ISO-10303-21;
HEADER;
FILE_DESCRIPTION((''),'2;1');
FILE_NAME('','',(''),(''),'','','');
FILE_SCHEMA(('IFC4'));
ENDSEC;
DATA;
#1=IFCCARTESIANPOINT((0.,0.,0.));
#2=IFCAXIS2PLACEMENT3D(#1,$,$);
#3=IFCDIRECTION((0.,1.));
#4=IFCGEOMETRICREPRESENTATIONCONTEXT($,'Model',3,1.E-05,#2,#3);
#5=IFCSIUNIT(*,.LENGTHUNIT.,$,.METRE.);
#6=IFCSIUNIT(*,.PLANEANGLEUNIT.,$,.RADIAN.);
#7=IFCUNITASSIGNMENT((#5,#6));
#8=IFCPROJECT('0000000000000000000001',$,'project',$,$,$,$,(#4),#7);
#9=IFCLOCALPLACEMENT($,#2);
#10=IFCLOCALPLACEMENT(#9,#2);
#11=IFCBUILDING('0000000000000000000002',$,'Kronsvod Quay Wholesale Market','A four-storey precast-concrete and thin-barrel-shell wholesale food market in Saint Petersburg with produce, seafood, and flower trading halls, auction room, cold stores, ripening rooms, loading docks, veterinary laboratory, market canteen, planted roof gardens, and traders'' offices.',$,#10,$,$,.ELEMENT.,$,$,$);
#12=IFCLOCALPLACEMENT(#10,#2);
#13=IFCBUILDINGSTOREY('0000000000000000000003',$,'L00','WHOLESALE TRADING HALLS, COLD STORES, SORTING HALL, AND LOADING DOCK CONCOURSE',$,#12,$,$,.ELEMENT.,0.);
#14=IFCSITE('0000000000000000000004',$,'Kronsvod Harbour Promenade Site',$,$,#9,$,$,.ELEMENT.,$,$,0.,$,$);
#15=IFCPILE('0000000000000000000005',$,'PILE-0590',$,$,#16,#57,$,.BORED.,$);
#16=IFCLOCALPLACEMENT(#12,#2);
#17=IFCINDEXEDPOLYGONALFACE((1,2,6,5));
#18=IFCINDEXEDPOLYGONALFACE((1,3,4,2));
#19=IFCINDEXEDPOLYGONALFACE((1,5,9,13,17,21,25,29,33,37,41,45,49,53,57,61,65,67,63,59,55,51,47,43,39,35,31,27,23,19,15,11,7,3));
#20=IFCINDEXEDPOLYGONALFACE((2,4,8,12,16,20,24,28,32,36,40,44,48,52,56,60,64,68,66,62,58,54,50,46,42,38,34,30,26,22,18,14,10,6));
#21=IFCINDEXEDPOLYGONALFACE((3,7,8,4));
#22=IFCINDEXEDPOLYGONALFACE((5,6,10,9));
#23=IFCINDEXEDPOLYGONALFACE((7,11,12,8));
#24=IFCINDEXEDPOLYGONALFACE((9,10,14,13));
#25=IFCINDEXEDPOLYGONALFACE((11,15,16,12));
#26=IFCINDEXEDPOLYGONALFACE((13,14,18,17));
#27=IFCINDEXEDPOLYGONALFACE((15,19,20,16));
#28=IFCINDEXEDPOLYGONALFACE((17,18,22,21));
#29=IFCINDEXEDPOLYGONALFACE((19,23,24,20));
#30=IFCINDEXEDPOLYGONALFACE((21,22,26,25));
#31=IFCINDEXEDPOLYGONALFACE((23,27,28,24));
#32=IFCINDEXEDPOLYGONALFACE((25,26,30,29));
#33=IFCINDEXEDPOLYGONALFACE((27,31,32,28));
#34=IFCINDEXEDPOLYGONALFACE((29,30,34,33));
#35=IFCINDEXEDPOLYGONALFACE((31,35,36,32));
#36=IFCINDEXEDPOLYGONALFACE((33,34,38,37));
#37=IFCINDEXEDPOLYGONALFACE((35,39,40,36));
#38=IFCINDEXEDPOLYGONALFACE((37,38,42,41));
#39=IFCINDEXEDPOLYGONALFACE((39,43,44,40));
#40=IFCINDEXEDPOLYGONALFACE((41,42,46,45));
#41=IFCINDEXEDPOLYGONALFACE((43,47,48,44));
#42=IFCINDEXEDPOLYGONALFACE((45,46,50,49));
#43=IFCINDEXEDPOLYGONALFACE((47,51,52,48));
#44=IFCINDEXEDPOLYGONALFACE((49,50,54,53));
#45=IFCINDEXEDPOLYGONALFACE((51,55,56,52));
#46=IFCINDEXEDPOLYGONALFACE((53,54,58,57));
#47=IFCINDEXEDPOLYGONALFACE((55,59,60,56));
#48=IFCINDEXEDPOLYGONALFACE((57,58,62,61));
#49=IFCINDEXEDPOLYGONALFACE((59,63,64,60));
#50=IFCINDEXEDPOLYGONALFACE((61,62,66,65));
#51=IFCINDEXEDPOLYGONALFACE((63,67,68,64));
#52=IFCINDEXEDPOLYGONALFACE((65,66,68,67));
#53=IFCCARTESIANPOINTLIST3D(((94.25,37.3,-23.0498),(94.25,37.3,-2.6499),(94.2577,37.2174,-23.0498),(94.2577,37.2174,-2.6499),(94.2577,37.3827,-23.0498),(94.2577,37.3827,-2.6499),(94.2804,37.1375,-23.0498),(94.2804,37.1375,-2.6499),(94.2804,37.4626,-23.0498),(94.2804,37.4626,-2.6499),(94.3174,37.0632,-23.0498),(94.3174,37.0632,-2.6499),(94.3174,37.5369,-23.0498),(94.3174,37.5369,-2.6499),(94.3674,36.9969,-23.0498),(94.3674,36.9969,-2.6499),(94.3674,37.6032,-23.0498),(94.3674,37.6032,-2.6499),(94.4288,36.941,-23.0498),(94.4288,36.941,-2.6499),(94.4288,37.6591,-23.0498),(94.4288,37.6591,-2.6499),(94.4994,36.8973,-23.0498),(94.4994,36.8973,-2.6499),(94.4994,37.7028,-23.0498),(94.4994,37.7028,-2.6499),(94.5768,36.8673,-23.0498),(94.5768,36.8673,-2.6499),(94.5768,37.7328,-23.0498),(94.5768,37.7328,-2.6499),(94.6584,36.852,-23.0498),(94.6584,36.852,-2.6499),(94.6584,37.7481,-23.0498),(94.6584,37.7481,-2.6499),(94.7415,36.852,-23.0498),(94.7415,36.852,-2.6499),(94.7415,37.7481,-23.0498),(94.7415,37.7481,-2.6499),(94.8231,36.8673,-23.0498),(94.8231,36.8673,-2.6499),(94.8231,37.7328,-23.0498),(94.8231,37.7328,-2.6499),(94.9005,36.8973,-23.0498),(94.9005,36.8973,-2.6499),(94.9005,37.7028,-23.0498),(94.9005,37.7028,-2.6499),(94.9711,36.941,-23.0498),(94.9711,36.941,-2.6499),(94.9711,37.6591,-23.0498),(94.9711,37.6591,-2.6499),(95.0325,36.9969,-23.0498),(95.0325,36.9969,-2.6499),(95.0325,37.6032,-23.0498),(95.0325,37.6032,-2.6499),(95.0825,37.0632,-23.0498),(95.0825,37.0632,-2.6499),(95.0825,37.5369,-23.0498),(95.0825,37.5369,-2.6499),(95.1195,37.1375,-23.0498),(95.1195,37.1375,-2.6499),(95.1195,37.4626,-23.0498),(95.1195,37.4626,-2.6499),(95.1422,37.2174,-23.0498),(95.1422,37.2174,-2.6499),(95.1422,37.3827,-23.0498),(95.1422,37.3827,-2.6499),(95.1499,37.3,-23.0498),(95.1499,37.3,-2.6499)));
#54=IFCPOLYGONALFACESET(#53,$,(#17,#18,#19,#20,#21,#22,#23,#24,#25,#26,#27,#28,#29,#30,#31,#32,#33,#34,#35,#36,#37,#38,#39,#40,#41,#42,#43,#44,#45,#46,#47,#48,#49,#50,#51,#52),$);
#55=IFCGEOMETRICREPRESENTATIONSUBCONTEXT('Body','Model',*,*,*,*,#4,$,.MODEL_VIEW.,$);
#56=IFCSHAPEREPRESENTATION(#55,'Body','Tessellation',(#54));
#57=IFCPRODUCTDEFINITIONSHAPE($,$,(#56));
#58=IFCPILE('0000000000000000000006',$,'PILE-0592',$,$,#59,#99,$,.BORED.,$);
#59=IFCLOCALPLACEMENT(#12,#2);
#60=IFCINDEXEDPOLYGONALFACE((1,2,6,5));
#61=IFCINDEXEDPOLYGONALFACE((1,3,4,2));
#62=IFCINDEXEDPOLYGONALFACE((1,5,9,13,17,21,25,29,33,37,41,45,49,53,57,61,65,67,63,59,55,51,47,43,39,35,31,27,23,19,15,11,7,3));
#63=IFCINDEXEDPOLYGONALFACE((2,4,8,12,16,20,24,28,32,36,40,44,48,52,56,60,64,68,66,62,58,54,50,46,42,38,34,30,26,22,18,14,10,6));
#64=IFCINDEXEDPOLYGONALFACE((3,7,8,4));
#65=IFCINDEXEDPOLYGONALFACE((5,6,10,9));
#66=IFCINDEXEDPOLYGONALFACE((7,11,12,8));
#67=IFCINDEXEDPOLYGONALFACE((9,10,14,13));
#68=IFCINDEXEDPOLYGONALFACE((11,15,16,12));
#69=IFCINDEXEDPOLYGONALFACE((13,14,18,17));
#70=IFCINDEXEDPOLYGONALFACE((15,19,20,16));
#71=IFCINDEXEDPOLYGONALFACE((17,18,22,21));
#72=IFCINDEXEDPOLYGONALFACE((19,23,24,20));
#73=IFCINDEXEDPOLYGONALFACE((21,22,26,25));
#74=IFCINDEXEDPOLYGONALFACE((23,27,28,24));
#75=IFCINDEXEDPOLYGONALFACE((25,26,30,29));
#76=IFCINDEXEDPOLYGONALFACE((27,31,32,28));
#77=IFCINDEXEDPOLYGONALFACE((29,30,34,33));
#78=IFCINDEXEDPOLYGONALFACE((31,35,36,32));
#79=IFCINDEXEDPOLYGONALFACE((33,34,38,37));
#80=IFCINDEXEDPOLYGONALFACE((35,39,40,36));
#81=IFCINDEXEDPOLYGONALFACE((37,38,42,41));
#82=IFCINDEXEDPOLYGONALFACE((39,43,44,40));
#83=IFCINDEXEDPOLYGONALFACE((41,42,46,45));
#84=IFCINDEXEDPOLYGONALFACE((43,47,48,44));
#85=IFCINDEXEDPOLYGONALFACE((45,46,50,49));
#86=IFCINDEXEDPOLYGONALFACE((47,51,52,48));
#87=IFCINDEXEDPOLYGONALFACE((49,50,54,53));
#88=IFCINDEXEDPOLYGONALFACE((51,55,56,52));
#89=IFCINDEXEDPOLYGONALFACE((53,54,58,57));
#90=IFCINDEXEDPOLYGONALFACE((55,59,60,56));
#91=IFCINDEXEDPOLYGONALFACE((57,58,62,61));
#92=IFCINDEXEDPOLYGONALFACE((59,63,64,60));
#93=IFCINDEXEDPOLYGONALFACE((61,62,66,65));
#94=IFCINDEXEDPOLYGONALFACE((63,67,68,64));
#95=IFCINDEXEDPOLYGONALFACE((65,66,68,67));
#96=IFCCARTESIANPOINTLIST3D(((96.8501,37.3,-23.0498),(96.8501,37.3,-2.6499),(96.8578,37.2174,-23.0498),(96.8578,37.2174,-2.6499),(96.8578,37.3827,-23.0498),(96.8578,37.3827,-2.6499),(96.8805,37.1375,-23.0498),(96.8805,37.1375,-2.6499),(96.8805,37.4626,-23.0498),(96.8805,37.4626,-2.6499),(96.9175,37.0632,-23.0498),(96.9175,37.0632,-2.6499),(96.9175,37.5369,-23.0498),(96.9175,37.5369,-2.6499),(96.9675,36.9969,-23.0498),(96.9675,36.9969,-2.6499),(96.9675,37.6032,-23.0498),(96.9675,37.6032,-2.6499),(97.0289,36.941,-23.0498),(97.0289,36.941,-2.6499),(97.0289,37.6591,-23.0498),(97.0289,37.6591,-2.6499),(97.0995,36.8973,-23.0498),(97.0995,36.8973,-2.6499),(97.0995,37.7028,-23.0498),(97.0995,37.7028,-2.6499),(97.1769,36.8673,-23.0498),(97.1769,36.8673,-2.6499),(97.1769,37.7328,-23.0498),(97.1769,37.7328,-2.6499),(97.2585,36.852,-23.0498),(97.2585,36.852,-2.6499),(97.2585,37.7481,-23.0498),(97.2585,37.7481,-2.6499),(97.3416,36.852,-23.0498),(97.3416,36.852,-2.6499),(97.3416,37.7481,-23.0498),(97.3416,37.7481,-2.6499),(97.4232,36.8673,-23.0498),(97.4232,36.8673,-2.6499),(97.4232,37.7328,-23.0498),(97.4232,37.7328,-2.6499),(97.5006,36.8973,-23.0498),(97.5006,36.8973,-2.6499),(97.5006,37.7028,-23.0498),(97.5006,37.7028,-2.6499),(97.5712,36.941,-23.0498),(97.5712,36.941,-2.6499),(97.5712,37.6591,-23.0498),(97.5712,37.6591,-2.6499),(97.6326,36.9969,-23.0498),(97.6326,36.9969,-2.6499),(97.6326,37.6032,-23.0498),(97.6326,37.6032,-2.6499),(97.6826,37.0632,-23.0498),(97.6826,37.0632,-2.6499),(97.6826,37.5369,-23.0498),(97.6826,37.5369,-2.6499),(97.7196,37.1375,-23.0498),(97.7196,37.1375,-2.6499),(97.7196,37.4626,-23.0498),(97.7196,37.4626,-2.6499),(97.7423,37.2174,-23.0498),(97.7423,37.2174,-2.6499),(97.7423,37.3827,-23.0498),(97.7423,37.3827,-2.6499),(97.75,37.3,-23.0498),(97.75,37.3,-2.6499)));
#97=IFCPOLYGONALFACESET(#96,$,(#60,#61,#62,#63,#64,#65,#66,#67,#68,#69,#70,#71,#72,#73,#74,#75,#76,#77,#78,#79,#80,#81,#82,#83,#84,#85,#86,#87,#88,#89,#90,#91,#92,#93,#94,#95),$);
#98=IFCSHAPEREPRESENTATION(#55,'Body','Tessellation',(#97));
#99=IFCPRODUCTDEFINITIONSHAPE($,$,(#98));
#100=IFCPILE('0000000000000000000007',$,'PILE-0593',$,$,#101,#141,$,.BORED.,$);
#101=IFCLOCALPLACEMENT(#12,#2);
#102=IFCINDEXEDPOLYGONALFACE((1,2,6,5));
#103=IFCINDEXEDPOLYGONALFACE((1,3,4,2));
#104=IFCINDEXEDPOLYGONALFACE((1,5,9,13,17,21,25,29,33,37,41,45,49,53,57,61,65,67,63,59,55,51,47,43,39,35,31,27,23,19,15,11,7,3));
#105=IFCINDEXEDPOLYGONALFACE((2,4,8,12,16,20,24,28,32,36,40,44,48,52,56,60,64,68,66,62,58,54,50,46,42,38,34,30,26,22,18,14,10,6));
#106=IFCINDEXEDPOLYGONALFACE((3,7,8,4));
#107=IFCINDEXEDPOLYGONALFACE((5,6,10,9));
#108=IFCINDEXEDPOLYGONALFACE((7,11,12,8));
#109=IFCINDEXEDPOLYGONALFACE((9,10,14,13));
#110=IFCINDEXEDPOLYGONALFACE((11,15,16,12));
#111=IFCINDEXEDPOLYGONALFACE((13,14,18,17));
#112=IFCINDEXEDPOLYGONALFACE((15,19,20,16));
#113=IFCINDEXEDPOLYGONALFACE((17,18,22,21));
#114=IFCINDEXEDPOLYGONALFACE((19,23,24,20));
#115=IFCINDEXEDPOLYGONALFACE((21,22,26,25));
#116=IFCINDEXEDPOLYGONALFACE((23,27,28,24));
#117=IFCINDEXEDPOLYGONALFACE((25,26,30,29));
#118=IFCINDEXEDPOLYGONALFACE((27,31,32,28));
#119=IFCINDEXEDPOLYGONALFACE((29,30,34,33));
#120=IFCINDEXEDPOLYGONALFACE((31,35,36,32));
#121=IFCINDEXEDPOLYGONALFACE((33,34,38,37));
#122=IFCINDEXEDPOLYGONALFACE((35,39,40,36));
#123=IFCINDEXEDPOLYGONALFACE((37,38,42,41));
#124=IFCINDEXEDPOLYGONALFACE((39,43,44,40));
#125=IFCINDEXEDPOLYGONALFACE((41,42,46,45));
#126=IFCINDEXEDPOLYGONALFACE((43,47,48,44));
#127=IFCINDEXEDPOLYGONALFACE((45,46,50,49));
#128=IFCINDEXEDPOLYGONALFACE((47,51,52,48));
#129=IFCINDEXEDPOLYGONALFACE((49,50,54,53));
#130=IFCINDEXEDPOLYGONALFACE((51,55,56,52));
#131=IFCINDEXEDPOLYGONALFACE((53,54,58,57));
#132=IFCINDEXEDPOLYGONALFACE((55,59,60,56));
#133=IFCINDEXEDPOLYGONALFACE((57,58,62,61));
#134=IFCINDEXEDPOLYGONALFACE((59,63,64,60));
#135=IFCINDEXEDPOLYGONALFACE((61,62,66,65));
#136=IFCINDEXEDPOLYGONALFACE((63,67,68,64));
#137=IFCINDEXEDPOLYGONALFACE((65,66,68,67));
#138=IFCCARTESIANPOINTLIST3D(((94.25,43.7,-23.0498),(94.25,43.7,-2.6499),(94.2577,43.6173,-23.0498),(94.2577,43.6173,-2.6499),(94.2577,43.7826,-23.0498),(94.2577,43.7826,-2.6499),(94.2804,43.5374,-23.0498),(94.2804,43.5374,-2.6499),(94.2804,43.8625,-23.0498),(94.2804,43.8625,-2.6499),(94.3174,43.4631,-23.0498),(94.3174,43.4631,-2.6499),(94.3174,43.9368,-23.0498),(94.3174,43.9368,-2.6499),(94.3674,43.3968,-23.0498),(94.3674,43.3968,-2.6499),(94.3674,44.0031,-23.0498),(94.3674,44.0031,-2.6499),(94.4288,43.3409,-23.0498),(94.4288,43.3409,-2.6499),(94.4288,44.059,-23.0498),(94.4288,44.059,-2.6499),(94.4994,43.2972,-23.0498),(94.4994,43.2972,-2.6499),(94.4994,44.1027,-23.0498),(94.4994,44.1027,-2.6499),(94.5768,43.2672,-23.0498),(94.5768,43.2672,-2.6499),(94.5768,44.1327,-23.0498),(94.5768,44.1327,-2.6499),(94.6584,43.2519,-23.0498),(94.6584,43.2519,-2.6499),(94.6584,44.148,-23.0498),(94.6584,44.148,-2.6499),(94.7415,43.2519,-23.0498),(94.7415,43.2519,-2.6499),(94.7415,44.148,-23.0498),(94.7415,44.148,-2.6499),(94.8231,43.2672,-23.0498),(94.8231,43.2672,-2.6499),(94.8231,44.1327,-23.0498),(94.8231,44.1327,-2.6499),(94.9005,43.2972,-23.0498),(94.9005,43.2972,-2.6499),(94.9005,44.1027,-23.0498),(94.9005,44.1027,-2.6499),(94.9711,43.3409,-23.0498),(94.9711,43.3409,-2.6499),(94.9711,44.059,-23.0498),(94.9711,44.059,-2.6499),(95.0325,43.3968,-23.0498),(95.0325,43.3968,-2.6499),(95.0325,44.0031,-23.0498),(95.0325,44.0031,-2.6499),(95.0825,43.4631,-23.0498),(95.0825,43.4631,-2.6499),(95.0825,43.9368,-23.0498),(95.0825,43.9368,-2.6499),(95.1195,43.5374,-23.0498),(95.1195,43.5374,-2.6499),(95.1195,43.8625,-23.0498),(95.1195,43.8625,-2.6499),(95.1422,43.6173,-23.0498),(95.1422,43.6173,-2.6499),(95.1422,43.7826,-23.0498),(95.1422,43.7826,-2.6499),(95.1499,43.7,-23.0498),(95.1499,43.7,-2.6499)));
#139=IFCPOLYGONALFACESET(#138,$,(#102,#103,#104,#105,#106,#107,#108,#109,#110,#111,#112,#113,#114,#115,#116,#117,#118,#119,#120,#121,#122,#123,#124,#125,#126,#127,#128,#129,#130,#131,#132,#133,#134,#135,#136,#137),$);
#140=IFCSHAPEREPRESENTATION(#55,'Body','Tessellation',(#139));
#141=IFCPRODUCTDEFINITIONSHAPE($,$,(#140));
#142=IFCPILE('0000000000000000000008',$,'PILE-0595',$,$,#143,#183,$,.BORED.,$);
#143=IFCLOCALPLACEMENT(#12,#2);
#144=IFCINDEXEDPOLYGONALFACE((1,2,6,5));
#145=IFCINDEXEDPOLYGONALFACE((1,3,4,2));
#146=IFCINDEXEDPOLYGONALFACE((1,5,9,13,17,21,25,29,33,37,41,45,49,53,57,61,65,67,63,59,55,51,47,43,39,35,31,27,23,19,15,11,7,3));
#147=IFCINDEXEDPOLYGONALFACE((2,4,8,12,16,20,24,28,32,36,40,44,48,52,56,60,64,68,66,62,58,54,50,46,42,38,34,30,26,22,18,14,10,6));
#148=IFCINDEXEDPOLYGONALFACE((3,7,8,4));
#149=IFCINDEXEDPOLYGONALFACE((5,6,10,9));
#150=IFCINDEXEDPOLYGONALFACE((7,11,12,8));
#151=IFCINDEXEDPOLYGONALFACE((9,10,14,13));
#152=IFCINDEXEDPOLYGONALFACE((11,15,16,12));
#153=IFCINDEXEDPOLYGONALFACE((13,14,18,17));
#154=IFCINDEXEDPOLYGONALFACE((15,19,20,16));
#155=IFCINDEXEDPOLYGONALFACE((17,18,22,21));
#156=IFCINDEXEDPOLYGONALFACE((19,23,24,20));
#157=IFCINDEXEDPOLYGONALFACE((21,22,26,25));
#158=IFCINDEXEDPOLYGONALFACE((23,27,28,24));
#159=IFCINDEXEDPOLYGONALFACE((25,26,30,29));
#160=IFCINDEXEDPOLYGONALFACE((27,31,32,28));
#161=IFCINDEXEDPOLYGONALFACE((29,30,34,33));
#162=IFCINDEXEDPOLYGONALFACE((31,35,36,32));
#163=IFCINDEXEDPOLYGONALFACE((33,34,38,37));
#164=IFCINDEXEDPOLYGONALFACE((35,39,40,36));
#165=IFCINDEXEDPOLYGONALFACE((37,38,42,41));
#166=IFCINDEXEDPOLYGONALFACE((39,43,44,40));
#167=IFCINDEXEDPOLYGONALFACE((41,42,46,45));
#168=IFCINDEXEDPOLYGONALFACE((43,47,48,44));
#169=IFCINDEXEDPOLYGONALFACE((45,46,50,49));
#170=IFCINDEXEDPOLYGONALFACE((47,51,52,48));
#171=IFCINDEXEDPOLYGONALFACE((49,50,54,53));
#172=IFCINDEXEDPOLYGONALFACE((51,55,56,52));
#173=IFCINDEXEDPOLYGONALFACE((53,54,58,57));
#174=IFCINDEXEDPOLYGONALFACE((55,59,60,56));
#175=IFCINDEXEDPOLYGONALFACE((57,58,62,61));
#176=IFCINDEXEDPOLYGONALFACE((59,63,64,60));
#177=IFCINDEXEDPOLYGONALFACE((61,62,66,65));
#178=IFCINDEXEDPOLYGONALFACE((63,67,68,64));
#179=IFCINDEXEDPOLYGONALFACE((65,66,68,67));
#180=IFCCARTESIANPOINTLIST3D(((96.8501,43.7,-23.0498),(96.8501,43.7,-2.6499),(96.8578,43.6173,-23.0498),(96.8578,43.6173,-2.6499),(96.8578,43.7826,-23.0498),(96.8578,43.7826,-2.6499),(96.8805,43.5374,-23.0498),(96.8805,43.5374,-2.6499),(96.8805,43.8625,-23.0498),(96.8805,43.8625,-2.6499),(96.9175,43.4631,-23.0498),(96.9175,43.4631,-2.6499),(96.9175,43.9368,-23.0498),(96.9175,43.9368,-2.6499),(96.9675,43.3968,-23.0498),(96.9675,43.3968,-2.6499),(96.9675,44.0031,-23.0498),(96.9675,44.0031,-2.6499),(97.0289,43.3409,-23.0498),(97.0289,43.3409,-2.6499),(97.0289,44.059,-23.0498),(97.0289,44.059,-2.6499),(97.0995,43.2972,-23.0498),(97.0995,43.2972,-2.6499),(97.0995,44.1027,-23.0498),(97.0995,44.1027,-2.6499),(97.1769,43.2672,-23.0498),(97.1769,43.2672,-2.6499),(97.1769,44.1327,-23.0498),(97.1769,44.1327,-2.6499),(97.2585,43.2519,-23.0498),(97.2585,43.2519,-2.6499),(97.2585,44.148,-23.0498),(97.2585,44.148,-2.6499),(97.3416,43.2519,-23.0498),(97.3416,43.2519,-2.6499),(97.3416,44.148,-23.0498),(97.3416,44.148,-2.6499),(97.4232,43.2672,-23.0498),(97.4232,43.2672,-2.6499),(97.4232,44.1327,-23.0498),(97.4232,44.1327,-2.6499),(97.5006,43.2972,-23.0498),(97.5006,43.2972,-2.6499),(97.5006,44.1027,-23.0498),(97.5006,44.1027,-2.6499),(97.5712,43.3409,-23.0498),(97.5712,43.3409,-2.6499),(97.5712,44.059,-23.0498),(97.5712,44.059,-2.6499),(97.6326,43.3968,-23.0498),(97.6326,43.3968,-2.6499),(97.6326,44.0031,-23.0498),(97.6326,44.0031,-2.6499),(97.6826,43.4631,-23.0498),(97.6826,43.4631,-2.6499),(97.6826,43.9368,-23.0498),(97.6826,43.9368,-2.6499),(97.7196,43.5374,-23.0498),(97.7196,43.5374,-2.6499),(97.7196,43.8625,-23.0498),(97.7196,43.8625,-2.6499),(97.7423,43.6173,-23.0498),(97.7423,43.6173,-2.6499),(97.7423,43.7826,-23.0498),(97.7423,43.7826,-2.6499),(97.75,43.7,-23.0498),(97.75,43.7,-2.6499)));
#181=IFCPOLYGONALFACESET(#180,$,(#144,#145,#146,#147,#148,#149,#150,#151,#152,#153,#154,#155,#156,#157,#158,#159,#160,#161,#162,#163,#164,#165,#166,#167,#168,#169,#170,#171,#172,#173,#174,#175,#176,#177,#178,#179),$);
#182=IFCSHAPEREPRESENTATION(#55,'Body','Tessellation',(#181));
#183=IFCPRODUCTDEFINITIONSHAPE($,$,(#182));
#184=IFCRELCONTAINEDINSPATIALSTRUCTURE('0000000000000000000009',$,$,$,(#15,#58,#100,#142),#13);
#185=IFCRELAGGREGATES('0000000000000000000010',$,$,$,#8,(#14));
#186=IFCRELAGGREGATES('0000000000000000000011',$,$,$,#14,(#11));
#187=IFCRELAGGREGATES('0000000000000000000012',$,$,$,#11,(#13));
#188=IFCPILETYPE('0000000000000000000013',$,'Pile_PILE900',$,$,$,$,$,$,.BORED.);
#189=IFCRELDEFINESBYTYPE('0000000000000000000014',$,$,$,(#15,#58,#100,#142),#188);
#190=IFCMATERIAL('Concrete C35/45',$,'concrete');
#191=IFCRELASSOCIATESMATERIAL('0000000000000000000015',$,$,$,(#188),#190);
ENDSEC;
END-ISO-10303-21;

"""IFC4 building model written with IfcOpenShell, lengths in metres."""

from ifc_helpers import new_model, si_unit, direction, frame, origin, origin_2d, place, context, subcontext, project, spatial, circle, extrude, material, material_profile, profile_set, type_object, element, save


model = new_model("IFC4")

# Units and contexts
model_context = context("Model", 3, precision=1e-05, world=origin(), true_north=direction((0.0, 1.0)))
body_context = subcontext(model_context, "Body", "Model", "MODEL_VIEW")
ifc_project = project(units=[si_unit("LENGTHUNIT", "METRE"), si_unit("PLANEANGLEUNIT", "RADIAN")], contexts=[model_context])

# Site, building, storey
site_placement = place(None, origin())
site = spatial("IfcSite", under=ifc_project, at=site_placement, Name="Kronsvod Harbour Promenade Site", CompositionType="ELEMENT", RefElevation=0.0)
building_placement = place(site_placement, origin())
building = spatial("IfcBuilding", under=site, at=building_placement, Name="Kronsvod Quay Wholesale Market", Description="A four-storey precast-concrete and thin-barrel-shell wholesale food market in Saint Petersburg with produce, seafood, and flower trading halls, auction room, cold stores, ripening rooms, loading docks, veterinary laboratory, market canteen, planted roof gardens, and traders' offices.", CompositionType="ELEMENT")
storey_placement = place(building_placement, origin())
storey = spatial("IfcBuildingStorey", under=building, at=storey_placement, Name="L00", Description="WHOLESALE TRADING HALLS, COLD STORES, SORTING HALL, AND LOADING DOCK CONCOURSE", CompositionType="ELEMENT", Elevation=0.0)

# Piles
ifc_material_1 = material(Name="Concrete C35/45", Category="concrete")
ifc_material_profile_1 = material_profile(ifc_material_1, circle(Radius=0.45, at=origin_2d()), Name="PILE900")
ifc_profile_set_1 = profile_set([ifc_material_profile_1], Name="Concrete C35/45")
pile_type = type_object("IfcPileType", Name="Pile_PILE900", PredefinedType="BORED", material=ifc_profile_set_1)
for number, where, z_axis, x_axis, name in (
    (1, (94.7, 37.3, -2.6499), (0.0, 0.0, -1.0), (1.0, 0.0, 0.0), "PILE-0590"),
    (2, (97.3, 37.3, -2.6499), (0.0, 0.0, -1.0), (1.0, 0.0, 0.0), "PILE-0592"),
    (3, (94.7, 43.7, -2.6499), (0.0, 0.0, -1.0), (1.0, 0.0, 0.0), "PILE-0593"),
    (4, (97.3, 43.7, -2.6499), (0.0, 0.0, -1.0), (1.0, 0.0, 0.0), "PILE-0595"),
):
    element("IfcPile", number, at=place(storey_placement, frame(where, z_axis=z_axis, x_axis=x_axis)), inside=storey, type_object=pile_type, Name=name, PredefinedType="BORED", context=body_context, shape_type="SweptSolid", body=[
        extrude(circle(Radius=0.45, at=origin_2d()), origin(), (0.0, 0.0, 1.0), 20.3999),
    ])

save(model, "model.ifc")
